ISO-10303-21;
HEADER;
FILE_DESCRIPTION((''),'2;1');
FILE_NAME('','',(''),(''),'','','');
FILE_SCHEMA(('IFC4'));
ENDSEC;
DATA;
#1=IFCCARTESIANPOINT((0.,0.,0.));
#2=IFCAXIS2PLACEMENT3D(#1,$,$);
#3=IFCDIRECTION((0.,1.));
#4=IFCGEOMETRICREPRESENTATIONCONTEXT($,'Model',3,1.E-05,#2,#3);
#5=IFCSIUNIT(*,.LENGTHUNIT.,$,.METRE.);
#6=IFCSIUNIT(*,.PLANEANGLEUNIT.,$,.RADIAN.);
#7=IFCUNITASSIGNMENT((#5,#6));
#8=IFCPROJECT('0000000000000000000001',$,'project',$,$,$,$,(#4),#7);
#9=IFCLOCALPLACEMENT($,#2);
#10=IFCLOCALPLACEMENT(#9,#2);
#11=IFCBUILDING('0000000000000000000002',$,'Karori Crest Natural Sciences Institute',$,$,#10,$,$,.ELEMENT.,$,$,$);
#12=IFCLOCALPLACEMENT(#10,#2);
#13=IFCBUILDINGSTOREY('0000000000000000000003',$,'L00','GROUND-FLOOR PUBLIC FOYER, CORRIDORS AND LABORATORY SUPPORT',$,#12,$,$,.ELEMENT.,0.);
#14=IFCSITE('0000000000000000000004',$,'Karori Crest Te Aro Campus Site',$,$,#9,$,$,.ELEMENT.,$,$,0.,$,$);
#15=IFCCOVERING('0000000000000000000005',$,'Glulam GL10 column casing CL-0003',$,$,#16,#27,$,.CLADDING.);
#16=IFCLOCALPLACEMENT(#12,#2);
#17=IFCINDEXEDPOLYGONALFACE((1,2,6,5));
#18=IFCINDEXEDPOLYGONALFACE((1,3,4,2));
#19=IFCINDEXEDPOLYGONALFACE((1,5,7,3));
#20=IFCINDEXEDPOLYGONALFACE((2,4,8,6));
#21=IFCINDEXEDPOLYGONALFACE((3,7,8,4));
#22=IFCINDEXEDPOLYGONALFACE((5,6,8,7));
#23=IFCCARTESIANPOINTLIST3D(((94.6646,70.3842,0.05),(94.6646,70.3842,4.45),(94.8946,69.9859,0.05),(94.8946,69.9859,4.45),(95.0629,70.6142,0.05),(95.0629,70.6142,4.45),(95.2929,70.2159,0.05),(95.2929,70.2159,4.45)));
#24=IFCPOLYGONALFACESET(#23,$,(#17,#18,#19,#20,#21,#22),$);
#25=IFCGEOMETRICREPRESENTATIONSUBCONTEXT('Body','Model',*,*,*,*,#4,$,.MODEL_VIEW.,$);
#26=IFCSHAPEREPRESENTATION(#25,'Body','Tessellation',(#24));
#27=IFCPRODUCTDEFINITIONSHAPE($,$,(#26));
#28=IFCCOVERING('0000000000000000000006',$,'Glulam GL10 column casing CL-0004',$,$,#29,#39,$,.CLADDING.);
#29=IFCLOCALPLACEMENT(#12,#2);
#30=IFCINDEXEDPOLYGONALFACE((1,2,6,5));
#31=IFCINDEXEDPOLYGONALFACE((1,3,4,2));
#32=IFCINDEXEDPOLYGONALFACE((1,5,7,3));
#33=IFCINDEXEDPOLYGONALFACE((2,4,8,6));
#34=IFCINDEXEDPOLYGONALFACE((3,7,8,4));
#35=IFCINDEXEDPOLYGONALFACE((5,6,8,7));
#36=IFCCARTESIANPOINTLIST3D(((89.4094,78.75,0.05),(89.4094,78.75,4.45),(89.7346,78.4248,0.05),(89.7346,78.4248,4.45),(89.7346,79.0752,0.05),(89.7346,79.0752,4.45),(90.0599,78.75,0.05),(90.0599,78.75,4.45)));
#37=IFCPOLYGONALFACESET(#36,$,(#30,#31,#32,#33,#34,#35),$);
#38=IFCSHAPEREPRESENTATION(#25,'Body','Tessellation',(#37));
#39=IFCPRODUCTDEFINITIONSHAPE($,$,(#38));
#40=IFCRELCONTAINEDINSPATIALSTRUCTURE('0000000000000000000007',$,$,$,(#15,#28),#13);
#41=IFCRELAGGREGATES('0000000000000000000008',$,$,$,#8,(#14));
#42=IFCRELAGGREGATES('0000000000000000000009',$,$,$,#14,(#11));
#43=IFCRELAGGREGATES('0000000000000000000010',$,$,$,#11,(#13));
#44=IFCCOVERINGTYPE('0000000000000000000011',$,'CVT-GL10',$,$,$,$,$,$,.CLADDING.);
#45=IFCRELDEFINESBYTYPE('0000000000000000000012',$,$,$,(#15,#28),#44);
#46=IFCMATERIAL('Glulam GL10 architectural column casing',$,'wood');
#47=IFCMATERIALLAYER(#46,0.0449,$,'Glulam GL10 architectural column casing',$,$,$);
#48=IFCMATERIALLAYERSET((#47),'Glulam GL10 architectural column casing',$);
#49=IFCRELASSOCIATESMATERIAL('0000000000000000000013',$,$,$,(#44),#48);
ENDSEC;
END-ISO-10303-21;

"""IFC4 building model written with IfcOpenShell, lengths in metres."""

from ifc_helpers import new_model, si_unit, direction, frame, origin, origin_2d, place, context, subcontext, project, spatial, rectangle, extrude, material, layer, layer_set, type_object, element, save


model = new_model("IFC4")

# Units and contexts
model_context = context("Model", 3, precision=1e-05, world=origin(), true_north=direction((0.0, 1.0)))
body_context = subcontext(model_context, "Body", "Model", "MODEL_VIEW")
ifc_project = project(units=[si_unit("LENGTHUNIT", "METRE"), si_unit("PLANEANGLEUNIT", "RADIAN")], contexts=[model_context])

# Site, building, storey
site_placement = place(None, origin())
site = spatial("IfcSite", under=ifc_project, at=site_placement, Name="Karori Crest Te Aro Campus Site", CompositionType="ELEMENT", RefElevation=0.0)
building_placement = place(site_placement, origin())
building = spatial("IfcBuilding", under=site, at=building_placement, Name="Karori Crest Natural Sciences Institute", CompositionType="ELEMENT")
storey_placement = place(building_placement, origin())
storey = spatial("IfcBuildingStorey", under=building, at=storey_placement, Name="L00", Description="GROUND-FLOOR PUBLIC FOYER, CORRIDORS AND LABORATORY SUPPORT", CompositionType="ELEMENT", Elevation=0.0)

# Coverings
ifc_material_1 = material(Name="Glulam GL10 architectural column casing", Category="wood")
ifc_layer_1 = layer(ifc_material_1, 0.0449, Name="Glulam GL10 architectural column casing")
ifc_layer_set_1 = layer_set([ifc_layer_1], Name="Glulam GL10 architectural column casing")
covering_type = type_object("IfcCoveringType", Name="CVT-GL10", PredefinedType="CLADDING", material=ifc_layer_set_1)
for number, where, z_axis, x_axis, name in (
    (1, (94.9788, 70.3, 0.05), (0.0, 0.0, 1.0), (0.866025, 0.5, 0.0), "Glulam GL10 column casing CL-0003"),
    (2, (89.7346, 78.75, 0.05), (0.0, 0.0, 1.0), (0.707107, 0.707107, 0.0), "Glulam GL10 column casing CL-0004"),
):
    element("IfcCovering", number, at=place(storey_placement, frame(where, z_axis=z_axis, x_axis=x_axis)), inside=storey, type_object=covering_type, Name=name, PredefinedType="CLADDING", context=body_context, shape_type="SweptSolid", body=[
        extrude(rectangle(XDim=0.46, YDim=0.46, at=origin_2d()), origin(), (0.0, 0.0, 1.0), 4.3999),
    ])

save(model, "model.ifc")
